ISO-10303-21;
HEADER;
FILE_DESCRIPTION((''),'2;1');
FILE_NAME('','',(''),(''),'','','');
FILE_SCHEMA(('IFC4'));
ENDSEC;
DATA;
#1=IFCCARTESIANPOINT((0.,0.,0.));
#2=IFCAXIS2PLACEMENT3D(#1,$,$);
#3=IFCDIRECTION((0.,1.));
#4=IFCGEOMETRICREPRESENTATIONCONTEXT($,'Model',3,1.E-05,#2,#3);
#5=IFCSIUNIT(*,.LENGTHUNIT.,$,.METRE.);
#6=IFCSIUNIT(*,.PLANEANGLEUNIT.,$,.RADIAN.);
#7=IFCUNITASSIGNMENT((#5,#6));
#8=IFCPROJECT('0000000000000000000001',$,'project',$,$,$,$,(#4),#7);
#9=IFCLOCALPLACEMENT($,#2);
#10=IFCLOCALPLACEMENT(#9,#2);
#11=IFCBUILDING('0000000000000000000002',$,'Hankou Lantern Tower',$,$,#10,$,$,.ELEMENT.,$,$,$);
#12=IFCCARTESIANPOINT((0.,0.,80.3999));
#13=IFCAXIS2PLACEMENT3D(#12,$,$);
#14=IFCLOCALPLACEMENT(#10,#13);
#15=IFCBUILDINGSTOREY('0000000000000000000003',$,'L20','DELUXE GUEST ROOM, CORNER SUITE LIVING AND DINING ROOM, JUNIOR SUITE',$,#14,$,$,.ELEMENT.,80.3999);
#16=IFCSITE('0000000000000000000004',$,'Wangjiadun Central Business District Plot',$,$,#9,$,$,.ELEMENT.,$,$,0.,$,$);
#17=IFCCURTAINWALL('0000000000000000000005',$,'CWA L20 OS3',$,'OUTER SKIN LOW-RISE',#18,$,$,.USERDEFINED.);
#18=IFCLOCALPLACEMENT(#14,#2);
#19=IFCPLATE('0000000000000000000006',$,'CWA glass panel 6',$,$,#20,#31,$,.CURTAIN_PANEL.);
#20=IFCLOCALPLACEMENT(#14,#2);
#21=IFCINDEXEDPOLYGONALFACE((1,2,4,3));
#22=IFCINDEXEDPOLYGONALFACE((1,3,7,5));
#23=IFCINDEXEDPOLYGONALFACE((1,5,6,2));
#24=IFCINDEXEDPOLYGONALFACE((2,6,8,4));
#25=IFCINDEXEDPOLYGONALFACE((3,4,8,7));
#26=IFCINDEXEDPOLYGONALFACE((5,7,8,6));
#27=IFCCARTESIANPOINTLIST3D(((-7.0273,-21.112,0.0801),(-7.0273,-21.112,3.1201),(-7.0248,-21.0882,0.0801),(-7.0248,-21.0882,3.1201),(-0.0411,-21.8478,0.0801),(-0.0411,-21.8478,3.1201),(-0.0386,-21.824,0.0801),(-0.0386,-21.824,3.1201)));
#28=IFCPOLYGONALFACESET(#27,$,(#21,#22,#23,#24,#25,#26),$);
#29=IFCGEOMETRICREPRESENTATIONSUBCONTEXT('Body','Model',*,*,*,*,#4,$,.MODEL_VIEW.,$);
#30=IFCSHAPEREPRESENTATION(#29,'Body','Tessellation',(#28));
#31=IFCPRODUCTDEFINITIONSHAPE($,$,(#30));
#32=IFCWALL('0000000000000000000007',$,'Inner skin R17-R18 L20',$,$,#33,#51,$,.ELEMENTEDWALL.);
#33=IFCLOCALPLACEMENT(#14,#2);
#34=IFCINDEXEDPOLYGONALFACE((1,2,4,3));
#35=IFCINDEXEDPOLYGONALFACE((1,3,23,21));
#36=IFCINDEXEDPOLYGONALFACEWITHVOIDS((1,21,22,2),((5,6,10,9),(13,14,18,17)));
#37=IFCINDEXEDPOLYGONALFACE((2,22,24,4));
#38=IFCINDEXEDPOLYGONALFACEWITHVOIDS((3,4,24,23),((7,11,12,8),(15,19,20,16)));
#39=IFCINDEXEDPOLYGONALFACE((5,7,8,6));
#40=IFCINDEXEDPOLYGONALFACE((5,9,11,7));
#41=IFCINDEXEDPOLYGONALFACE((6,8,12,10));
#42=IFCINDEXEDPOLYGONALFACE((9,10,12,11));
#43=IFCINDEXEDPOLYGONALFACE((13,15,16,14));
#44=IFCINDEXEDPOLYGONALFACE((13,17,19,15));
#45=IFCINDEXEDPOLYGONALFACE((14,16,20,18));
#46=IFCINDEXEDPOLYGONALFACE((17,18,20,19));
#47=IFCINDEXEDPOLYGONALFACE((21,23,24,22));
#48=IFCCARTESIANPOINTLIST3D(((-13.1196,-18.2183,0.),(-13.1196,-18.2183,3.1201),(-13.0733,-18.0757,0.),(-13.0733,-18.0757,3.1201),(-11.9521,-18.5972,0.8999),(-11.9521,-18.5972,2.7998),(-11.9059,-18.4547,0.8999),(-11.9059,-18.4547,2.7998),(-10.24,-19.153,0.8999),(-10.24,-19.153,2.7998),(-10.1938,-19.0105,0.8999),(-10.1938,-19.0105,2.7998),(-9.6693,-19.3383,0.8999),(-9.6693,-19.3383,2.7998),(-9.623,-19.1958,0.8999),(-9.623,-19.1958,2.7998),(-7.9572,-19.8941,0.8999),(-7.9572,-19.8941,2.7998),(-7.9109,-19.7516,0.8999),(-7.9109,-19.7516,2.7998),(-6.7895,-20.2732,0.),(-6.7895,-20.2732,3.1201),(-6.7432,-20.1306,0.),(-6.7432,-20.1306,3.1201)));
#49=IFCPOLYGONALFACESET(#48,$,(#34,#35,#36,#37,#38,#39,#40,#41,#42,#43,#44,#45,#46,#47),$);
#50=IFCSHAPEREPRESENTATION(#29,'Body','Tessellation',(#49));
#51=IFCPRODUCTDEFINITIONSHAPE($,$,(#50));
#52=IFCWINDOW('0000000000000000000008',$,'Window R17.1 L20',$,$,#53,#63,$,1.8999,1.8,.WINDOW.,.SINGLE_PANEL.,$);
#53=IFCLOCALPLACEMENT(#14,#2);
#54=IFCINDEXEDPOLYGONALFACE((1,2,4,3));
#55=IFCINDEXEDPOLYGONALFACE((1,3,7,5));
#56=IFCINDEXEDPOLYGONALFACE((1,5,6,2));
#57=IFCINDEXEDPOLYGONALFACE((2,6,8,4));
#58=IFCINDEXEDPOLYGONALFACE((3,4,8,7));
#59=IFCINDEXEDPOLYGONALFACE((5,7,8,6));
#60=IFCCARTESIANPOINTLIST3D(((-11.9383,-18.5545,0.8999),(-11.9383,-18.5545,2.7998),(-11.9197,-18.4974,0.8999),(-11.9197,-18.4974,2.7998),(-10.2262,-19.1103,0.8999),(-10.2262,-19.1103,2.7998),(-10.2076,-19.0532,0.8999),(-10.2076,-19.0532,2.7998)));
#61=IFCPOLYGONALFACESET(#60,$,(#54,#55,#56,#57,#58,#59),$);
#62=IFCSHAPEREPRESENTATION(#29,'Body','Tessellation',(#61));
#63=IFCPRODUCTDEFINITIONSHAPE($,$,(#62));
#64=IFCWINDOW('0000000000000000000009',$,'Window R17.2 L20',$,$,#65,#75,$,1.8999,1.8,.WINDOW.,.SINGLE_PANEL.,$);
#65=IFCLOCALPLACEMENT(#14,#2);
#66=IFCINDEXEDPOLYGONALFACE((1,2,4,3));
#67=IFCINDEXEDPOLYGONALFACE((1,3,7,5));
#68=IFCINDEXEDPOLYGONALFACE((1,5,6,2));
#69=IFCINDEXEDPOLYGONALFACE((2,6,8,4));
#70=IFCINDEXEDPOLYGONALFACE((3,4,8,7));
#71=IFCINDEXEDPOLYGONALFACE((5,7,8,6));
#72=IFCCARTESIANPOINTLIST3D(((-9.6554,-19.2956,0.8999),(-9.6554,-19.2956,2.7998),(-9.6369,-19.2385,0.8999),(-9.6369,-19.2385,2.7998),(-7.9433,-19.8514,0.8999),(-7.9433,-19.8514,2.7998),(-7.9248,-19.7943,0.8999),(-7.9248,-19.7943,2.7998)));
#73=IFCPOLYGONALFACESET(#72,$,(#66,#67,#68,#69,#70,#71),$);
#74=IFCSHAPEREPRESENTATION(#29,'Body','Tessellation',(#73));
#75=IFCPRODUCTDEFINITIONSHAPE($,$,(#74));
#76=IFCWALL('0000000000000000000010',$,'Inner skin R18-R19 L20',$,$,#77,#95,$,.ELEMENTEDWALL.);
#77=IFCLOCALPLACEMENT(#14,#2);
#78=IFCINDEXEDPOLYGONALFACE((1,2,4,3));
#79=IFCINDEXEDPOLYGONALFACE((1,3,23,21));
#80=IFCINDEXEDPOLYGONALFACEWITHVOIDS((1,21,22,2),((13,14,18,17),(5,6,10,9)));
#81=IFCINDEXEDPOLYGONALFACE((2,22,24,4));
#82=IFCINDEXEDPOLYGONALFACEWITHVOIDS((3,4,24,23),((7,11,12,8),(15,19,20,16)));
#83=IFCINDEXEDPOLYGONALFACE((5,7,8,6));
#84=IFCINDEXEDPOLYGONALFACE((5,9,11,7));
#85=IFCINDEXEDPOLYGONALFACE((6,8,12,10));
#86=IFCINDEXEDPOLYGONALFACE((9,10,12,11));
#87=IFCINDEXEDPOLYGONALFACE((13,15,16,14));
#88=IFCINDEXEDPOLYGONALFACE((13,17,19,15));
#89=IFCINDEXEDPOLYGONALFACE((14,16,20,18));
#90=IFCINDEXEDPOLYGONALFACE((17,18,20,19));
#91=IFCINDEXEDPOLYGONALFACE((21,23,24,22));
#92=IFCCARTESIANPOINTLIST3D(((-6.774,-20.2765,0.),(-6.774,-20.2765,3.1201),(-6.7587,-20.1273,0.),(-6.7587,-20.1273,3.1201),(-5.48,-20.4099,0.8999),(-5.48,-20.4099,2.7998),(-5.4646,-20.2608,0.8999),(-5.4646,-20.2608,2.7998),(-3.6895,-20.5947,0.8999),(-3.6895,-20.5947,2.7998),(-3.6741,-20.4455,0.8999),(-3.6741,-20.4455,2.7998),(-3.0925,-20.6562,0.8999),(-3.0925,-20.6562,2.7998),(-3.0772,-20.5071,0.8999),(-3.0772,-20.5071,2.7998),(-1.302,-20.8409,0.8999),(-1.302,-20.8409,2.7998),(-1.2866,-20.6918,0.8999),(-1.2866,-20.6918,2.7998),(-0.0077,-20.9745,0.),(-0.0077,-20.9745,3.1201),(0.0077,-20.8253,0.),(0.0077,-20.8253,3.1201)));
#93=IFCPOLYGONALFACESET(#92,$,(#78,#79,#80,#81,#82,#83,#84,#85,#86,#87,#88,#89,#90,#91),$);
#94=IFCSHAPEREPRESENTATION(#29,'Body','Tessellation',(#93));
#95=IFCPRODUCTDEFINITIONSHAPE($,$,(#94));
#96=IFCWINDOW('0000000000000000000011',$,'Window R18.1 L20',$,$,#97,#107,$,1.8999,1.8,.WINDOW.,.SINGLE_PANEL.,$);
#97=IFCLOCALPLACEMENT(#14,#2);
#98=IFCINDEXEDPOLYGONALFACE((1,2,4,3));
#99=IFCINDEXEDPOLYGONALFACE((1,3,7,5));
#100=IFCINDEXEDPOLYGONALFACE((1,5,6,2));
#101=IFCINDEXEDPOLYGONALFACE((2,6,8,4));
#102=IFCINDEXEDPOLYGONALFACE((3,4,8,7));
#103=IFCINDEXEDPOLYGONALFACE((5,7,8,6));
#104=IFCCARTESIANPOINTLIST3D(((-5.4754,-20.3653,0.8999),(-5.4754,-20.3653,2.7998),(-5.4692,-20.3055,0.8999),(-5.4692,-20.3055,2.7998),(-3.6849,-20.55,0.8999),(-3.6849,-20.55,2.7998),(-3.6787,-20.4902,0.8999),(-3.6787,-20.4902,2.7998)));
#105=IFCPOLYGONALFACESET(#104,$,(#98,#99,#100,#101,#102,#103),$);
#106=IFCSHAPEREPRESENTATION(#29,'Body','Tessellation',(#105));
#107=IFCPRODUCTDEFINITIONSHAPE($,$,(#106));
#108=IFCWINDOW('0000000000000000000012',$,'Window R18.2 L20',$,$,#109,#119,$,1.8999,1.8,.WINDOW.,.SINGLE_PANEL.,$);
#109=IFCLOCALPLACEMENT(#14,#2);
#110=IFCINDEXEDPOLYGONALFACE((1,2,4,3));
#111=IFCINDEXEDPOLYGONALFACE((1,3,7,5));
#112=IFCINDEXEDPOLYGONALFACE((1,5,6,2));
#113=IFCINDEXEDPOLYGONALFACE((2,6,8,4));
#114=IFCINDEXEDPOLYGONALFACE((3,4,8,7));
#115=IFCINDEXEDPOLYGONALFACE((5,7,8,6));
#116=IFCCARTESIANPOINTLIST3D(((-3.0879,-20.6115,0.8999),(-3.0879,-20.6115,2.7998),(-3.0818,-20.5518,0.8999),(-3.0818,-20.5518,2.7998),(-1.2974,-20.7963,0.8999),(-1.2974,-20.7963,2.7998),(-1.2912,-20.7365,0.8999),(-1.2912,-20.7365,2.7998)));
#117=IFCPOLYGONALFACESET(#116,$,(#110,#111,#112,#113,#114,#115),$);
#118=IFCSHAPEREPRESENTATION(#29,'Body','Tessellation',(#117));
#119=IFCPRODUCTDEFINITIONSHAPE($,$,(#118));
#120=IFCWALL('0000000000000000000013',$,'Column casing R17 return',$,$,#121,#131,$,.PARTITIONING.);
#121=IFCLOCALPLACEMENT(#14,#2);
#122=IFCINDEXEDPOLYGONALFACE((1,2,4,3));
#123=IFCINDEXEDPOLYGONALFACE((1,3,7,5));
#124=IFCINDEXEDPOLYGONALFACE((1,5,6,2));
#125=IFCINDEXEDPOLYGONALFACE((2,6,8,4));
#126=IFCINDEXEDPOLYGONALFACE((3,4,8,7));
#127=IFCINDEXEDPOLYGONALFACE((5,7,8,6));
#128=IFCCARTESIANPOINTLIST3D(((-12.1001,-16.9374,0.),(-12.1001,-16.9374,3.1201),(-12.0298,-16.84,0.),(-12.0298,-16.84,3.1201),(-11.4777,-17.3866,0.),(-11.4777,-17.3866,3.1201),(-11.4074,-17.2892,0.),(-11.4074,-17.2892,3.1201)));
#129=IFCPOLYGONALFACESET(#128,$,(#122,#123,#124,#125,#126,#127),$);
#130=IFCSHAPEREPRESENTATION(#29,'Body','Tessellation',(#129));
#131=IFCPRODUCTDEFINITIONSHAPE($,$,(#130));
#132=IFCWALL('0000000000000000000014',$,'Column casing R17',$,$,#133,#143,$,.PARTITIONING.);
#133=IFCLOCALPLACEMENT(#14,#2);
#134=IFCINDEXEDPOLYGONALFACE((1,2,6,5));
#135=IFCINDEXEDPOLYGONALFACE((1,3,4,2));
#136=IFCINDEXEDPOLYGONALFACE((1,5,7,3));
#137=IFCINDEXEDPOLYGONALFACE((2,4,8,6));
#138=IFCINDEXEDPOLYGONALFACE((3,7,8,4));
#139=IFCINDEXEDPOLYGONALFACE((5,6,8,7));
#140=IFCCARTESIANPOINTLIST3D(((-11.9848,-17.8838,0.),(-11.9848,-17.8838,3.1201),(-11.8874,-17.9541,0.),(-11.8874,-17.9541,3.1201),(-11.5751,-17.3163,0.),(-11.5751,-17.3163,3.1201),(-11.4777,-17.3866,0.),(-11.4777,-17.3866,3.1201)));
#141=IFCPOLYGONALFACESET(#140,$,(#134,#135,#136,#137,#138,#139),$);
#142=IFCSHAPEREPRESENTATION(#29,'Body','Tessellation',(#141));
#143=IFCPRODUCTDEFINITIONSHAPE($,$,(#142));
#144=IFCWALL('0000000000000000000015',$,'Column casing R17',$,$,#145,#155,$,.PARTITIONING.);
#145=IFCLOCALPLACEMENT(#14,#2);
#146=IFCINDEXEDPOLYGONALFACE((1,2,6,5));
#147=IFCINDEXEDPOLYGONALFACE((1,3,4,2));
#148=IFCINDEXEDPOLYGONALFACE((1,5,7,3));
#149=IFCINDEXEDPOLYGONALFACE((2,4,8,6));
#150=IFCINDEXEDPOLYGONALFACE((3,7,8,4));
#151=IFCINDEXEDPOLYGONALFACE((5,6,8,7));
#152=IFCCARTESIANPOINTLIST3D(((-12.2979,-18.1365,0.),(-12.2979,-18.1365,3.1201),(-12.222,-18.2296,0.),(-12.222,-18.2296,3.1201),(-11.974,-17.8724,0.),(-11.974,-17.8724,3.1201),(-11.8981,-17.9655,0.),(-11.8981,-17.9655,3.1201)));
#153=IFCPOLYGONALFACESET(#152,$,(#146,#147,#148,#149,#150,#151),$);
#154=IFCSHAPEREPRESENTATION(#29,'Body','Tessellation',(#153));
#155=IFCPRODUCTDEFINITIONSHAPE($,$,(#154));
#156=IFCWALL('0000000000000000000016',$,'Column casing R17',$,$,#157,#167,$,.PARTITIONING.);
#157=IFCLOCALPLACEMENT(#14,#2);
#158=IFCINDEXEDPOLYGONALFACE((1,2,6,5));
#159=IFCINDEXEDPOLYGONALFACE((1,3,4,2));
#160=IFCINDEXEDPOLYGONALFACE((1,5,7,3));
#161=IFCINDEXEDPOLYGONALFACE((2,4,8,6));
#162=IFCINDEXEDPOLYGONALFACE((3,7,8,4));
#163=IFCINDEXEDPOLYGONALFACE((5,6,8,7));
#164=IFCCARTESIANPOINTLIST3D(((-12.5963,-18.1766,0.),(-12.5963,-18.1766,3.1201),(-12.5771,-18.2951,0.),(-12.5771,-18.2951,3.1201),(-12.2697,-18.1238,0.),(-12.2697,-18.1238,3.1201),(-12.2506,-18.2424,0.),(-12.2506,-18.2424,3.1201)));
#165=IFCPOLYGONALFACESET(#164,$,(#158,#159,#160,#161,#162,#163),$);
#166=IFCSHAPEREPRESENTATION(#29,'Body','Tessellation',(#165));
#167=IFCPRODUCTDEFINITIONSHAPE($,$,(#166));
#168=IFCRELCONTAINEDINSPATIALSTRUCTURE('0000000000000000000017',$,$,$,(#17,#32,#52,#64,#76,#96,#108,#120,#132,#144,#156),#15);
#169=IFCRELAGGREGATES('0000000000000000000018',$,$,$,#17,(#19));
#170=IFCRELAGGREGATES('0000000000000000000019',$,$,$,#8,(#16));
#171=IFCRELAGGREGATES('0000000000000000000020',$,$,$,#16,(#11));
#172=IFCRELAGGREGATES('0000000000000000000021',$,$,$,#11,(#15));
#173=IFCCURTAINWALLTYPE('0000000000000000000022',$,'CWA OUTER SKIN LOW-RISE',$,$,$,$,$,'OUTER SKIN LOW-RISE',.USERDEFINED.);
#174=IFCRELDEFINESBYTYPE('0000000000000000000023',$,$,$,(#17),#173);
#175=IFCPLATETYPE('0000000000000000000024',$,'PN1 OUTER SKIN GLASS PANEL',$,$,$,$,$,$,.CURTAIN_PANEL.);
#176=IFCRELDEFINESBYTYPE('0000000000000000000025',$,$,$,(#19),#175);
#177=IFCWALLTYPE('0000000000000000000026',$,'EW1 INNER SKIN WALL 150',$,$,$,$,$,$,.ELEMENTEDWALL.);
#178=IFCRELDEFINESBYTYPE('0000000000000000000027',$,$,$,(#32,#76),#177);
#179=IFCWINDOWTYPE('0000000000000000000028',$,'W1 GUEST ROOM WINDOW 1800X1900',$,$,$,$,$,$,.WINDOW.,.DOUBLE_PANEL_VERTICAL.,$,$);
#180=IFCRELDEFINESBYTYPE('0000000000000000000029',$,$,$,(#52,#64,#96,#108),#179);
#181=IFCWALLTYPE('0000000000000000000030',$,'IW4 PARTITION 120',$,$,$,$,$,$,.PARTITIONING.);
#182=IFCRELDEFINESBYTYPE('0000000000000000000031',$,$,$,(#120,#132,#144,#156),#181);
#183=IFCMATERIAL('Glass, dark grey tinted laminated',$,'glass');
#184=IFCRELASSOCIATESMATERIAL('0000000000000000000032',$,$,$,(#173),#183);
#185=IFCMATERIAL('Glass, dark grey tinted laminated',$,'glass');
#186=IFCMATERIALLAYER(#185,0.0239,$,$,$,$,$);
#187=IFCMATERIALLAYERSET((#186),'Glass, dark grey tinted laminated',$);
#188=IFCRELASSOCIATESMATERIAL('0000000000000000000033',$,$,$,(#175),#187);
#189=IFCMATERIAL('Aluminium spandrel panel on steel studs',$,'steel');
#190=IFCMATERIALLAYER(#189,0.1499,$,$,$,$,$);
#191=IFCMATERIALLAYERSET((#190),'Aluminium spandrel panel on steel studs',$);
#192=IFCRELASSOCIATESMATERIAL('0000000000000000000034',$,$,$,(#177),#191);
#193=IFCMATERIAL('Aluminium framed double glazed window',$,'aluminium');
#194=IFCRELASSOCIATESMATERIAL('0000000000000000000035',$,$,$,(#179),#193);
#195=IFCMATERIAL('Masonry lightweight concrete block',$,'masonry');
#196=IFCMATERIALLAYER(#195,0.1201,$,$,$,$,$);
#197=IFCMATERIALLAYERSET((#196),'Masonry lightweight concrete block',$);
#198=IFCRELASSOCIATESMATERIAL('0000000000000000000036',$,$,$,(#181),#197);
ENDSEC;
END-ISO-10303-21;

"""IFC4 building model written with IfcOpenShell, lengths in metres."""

from ifc_helpers import new_model, si_unit, direction, frame, frame_2d, origin, origin_2d, place, context, subcontext, project, spatial, rectangle, extrude, material, layer, layer_set, type_object, element, fill, aggregate, save


model = new_model("IFC4")

# Units and contexts
model_context = context("Model", 3, precision=1e-05, world=origin(), true_north=direction((0.0, 1.0)))
body_context = subcontext(model_context, "Body", "Model", "MODEL_VIEW")
ifc_project = project(units=[si_unit("LENGTHUNIT", "METRE"), si_unit("PLANEANGLEUNIT", "RADIAN")], contexts=[model_context])

# Site, building, storey
site_placement = place(None, origin())
site = spatial("IfcSite", under=ifc_project, at=site_placement, Name="Wangjiadun Central Business District Plot", CompositionType="ELEMENT", RefElevation=0.0)
building_placement = place(site_placement, origin())
building = spatial("IfcBuilding", under=site, at=building_placement, Name="Hankou Lantern Tower", CompositionType="ELEMENT")
storey_placement = place(building_placement, frame((0.0, 0.0, 80.3999)))
storey = spatial("IfcBuildingStorey", under=building, at=storey_placement, Name="L20", Description="DELUXE GUEST ROOM, CORNER SUITE LIVING AND DINING ROOM, JUNIOR SUITE", CompositionType="ELEMENT", Elevation=80.3999)

# Curtain wall
ifc_material_1 = material(Name="Glass, dark grey tinted laminated", Category="glass")
curtain_wall_type = type_object("IfcCurtainWallType", Name="CWA OUTER SKIN LOW-RISE", ElementType="OUTER SKIN LOW-RISE", PredefinedType="USERDEFINED", material=ifc_material_1)
curtain_wall_placement = place(storey_placement, origin())
curtain_wall = element("IfcCurtainWall", 1, at=curtain_wall_placement, inside=storey, type_object=curtain_wall_type, Name="CWA L20 OS3", ObjectType="OUTER SKIN LOW-RISE", PredefinedType="USERDEFINED")

# Plate
ifc_material_2 = material(Name="Glass, dark grey tinted laminated", Category="glass")
ifc_layer_1 = layer(ifc_material_2, 0.0239)
ifc_layer_set_1 = layer_set([ifc_layer_1], Name="Glass, dark grey tinted laminated")
plate_type = type_object("IfcPlateType", Name="PN1 OUTER SKIN GLASS PANEL", PredefinedType="CURTAIN_PANEL", material=ifc_layer_set_1)
plate_1_placement = place(storey_placement, frame((-3.533, -21.468, 0.0801), z_axis=(0.0, 0.0, 1.0), x_axis=(0.994499, -0.104743, 0.0)))
plate_1 = element("IfcPlate", 2, at=plate_1_placement, type_object=plate_type, Name="CWA glass panel 6", PredefinedType="CURTAIN_PANEL", context=body_context, shape_type="SweptSolid", body=[
    extrude(rectangle(XDim=7.0249, YDim=0.0239, at=origin_2d()), origin(), (0.0, 0.0, 1.0), 3.04),
])
aggregate(curtain_wall, [plate_1])

# Walls, openings, windows
ifc_material_3 = material(Name="Aluminium spandrel panel on steel studs", Category="steel")
ifc_layer_2 = layer(ifc_material_3, 0.1499)
ifc_layer_set_2 = layer_set([ifc_layer_2], Name="Aluminium spandrel panel on steel studs")
wall_type_1 = type_object("IfcWallType", Name="EW1 INNER SKIN WALL 150", PredefinedType="ELEMENTEDWALL", material=ifc_layer_set_2)
wall_1_placement = place(storey_placement, frame((-13.0964, -18.147, 0.0), z_axis=(0.0, 0.0, 1.0), x_axis=(0.951138, -0.308768, 0.0)))
wall_1 = element("IfcWall", 3, at=wall_1_placement, inside=storey, type_object=wall_type_1, Name="Inner skin R17-R18 L20", PredefinedType="ELEMENTEDWALL", context=body_context, shape_type="SweptSolid", body=[
    extrude(rectangle(XDim=6.6553, YDim=0.1499, at=frame_2d((3.3276, 0.0))), origin(), (0.0, 0.0, 1.0), 3.1201),
])
opening_1_placement = place(wall_1_placement, frame((1.2275, 0.0, 0.8999)))
opening_1 = element("IfcOpeningElement", 4, at=opening_1_placement, cuts=wall_1, PredefinedType="OPENING", context=body_context, shape_type="SweptSolid", body=[
    extrude(rectangle(XDim=1.8, YDim=1.8999, at=frame_2d((0.8999, 0.95))), frame((0.0, 0.085, 0.0), z_axis=(0.0, -1.0, 0.0), x_axis=(1.0, 0.0, 0.0)), (0.0, 0.0, 1.0), 0.1699),
])
opening_2_placement = place(wall_1_placement, frame((3.6277, 0.0, 0.8999)))
opening_2 = element("IfcOpeningElement", 5, at=opening_2_placement, cuts=wall_1, PredefinedType="OPENING", context=body_context, shape_type="SweptSolid", body=[
    extrude(rectangle(XDim=1.8, YDim=1.8999, at=frame_2d((0.8999, 0.95))), frame((0.0, 0.085, 0.0), z_axis=(0.0, -1.0, 0.0), x_axis=(1.0, 0.0, 0.0)), (0.0, 0.0, 1.0), 0.1699),
])
ifc_material_4 = material(Name="Aluminium framed double glazed window", Category="aluminium")
window_type = type_object("IfcWindowType", Name="W1 GUEST ROOM WINDOW 1800X1900", PartitioningType="DOUBLE_PANEL_VERTICAL", PredefinedType="WINDOW", material=ifc_material_4)
window_1_placement = place(opening_1_placement, origin())
window_1 = element("IfcWindow", 6, at=window_1_placement, inside=storey, type_object=window_type, Name="Window R17.1 L20", OverallHeight=1.8999, OverallWidth=1.8, PartitioningType="SINGLE_PANEL", PredefinedType="WINDOW", context=body_context, shape_type="SweptSolid", body=[
    extrude(rectangle(XDim=1.8, YDim=1.8999, at=frame_2d((0.8999, 0.95))), frame((0.0, 0.03, 0.0), z_axis=(0.0, -1.0, 0.0), x_axis=(1.0, 0.0, 0.0)), (0.0, 0.0, 1.0), 0.0601),
])
fill(opening_1, window_1)
window_2_placement = place(opening_2_placement, origin())
window_2 = element("IfcWindow", 7, at=window_2_placement, inside=storey, type_object=window_type, Name="Window R17.2 L20", OverallHeight=1.8999, OverallWidth=1.8, PartitioningType="SINGLE_PANEL", PredefinedType="WINDOW", context=body_context, shape_type="SweptSolid", body=[
    extrude(rectangle(XDim=1.8, YDim=1.8999, at=frame_2d((0.8999, 0.95))), frame((0.0, 0.03, 0.0), z_axis=(0.0, -1.0, 0.0), x_axis=(1.0, 0.0, 0.0)), (0.0, 0.0, 1.0), 0.0601),
])
fill(opening_2, window_2)
wall_2_placement = place(storey_placement, frame((-6.7664, -20.2019, 0.0), z_axis=(0.0, 0.0, 1.0), x_axis=(0.994721, -0.102613, 0.0)))
wall_2 = element("IfcWall", 8, at=wall_2_placement, inside=storey, type_object=wall_type_1, Name="Inner skin R18-R19 L20", PredefinedType="ELEMENTEDWALL", context=body_context, shape_type="SweptSolid", body=[
    extrude(rectangle(XDim=6.8022, YDim=0.1499, at=frame_2d((3.4011, 0.0))), origin(), (0.0, 0.0, 1.0), 3.1201),
])
opening_3_placement = place(wall_2_placement, frame((1.301, 0.0, 0.8999)))
opening_3 = element("IfcOpeningElement", 9, at=opening_3_placement, cuts=wall_2, PredefinedType="OPENING", context=body_context, shape_type="SweptSolid", body=[
    extrude(rectangle(XDim=1.8, YDim=1.8999, at=frame_2d((0.8999, 0.95))), frame((0.0, 0.085, 0.0), z_axis=(0.0, -1.0, 0.0), x_axis=(1.0, 0.0, 0.0)), (0.0, 0.0, 1.0), 0.1699),
])
opening_4_placement = place(wall_2_placement, frame((3.7012, 0.0, 0.8999)))
opening_4 = element("IfcOpeningElement", 10, at=opening_4_placement, cuts=wall_2, PredefinedType="OPENING", context=body_context, shape_type="SweptSolid", body=[
    extrude(rectangle(XDim=1.8, YDim=1.8999, at=frame_2d((0.8999, 0.95))), frame((0.0, 0.085, 0.0), z_axis=(0.0, -1.0, 0.0), x_axis=(1.0, 0.0, 0.0)), (0.0, 0.0, 1.0), 0.1699),
])
window_3_placement = place(opening_3_placement, origin())
window_3 = element("IfcWindow", 11, at=window_3_placement, inside=storey, type_object=window_type, Name="Window R18.1 L20", OverallHeight=1.8999, OverallWidth=1.8, PartitioningType="SINGLE_PANEL", PredefinedType="WINDOW", context=body_context, shape_type="SweptSolid", body=[
    extrude(rectangle(XDim=1.8, YDim=1.8999, at=frame_2d((0.8999, 0.95))), frame((0.0, 0.03, 0.0), z_axis=(0.0, -1.0, 0.0), x_axis=(1.0, 0.0, 0.0)), (0.0, 0.0, 1.0), 0.0601),
])
fill(opening_3, window_3)
window_4_placement = place(opening_4_placement, origin())
window_4 = element("IfcWindow", 12, at=window_4_placement, inside=storey, type_object=window_type, Name="Window R18.2 L20", OverallHeight=1.8999, OverallWidth=1.8, PartitioningType="SINGLE_PANEL", PredefinedType="WINDOW", context=body_context, shape_type="SweptSolid", body=[
    extrude(rectangle(XDim=1.8, YDim=1.8999, at=frame_2d((0.8999, 0.95))), frame((0.0, 0.03, 0.0), z_axis=(0.0, -1.0, 0.0), x_axis=(1.0, 0.0, 0.0)), (0.0, 0.0, 1.0), 0.0601),
])
fill(opening_4, window_4)

# Walls
ifc_material_5 = material(Name="Masonry lightweight concrete block", Category="masonry")
ifc_layer_3 = layer(ifc_material_5, 0.1201)
ifc_layer_set_3 = layer_set([ifc_layer_3], Name="Masonry lightweight concrete block")
wall_type_2 = type_object("IfcWallType", Name="IW4 PARTITION 120", PredefinedType="PARTITIONING", material=ifc_layer_set_3)
wall_3_placement = place(storey_placement, frame((-12.0649, -16.8887, 0.0), z_axis=(0.0, 0.0, 1.0), x_axis=(0.810822, -0.585293, 0.0)))
element("IfcWall", 13, at=wall_3_placement, inside=storey, type_object=wall_type_2, Name="Column casing R17 return", PredefinedType="PARTITIONING", context=body_context, shape_type="SweptSolid", body=[
    extrude(rectangle(XDim=0.7676, YDim=0.1201, at=frame_2d((0.3838, 0.0))), origin(), (0.0, 0.0, 1.0), 3.1201),
])
wall_4_placement = place(storey_placement, frame((-11.5264, -17.3513, 0.0), z_axis=(0.0, 0.0, 1.0), x_axis=(-0.585223, -0.810872, 0.0)))
element("IfcWall", 14, at=wall_4_placement, inside=storey, type_object=wall_type_2, Name="Column casing R17", PredefinedType="PARTITIONING", context=body_context, shape_type="SweptSolid", body=[
    extrude(rectangle(XDim=0.7, YDim=0.1201, at=frame_2d((0.3501, 0.0))), origin(), (0.0, 0.0, 1.0), 3.1201),
])
wall_5_placement = place(storey_placement, frame((-11.936, -17.9189, 0.0), z_axis=(0.0, 0.0, 1.0), x_axis=(-0.775023, -0.631933, 0.0)))
element("IfcWall", 15, at=wall_5_placement, inside=storey, type_object=wall_type_2, Name="Column casing R17", PredefinedType="PARTITIONING", context=body_context, shape_type="SweptSolid", body=[
    extrude(rectangle(XDim=0.418, YDim=0.1201, at=frame_2d((0.209, 0.0))), origin(), (0.0, 0.0, 1.0), 3.1201),
])
wall_6_placement = place(storey_placement, frame((-12.26, -18.1831, 0.0), z_axis=(0.0, 0.0, 1.0), x_axis=(-0.987219, -0.159372, 0.0)))
element("IfcWall", 16, at=wall_6_placement, inside=storey, type_object=wall_type_2, Name="Column casing R17", PredefinedType="PARTITIONING", context=body_context, shape_type="SweptSolid", body=[
    extrude(rectangle(XDim=0.3308, YDim=0.1201, at=frame_2d((0.1655, 0.0))), origin(), (0.0, 0.0, 1.0), 3.1201),
])

save(model, "model.ifc")
